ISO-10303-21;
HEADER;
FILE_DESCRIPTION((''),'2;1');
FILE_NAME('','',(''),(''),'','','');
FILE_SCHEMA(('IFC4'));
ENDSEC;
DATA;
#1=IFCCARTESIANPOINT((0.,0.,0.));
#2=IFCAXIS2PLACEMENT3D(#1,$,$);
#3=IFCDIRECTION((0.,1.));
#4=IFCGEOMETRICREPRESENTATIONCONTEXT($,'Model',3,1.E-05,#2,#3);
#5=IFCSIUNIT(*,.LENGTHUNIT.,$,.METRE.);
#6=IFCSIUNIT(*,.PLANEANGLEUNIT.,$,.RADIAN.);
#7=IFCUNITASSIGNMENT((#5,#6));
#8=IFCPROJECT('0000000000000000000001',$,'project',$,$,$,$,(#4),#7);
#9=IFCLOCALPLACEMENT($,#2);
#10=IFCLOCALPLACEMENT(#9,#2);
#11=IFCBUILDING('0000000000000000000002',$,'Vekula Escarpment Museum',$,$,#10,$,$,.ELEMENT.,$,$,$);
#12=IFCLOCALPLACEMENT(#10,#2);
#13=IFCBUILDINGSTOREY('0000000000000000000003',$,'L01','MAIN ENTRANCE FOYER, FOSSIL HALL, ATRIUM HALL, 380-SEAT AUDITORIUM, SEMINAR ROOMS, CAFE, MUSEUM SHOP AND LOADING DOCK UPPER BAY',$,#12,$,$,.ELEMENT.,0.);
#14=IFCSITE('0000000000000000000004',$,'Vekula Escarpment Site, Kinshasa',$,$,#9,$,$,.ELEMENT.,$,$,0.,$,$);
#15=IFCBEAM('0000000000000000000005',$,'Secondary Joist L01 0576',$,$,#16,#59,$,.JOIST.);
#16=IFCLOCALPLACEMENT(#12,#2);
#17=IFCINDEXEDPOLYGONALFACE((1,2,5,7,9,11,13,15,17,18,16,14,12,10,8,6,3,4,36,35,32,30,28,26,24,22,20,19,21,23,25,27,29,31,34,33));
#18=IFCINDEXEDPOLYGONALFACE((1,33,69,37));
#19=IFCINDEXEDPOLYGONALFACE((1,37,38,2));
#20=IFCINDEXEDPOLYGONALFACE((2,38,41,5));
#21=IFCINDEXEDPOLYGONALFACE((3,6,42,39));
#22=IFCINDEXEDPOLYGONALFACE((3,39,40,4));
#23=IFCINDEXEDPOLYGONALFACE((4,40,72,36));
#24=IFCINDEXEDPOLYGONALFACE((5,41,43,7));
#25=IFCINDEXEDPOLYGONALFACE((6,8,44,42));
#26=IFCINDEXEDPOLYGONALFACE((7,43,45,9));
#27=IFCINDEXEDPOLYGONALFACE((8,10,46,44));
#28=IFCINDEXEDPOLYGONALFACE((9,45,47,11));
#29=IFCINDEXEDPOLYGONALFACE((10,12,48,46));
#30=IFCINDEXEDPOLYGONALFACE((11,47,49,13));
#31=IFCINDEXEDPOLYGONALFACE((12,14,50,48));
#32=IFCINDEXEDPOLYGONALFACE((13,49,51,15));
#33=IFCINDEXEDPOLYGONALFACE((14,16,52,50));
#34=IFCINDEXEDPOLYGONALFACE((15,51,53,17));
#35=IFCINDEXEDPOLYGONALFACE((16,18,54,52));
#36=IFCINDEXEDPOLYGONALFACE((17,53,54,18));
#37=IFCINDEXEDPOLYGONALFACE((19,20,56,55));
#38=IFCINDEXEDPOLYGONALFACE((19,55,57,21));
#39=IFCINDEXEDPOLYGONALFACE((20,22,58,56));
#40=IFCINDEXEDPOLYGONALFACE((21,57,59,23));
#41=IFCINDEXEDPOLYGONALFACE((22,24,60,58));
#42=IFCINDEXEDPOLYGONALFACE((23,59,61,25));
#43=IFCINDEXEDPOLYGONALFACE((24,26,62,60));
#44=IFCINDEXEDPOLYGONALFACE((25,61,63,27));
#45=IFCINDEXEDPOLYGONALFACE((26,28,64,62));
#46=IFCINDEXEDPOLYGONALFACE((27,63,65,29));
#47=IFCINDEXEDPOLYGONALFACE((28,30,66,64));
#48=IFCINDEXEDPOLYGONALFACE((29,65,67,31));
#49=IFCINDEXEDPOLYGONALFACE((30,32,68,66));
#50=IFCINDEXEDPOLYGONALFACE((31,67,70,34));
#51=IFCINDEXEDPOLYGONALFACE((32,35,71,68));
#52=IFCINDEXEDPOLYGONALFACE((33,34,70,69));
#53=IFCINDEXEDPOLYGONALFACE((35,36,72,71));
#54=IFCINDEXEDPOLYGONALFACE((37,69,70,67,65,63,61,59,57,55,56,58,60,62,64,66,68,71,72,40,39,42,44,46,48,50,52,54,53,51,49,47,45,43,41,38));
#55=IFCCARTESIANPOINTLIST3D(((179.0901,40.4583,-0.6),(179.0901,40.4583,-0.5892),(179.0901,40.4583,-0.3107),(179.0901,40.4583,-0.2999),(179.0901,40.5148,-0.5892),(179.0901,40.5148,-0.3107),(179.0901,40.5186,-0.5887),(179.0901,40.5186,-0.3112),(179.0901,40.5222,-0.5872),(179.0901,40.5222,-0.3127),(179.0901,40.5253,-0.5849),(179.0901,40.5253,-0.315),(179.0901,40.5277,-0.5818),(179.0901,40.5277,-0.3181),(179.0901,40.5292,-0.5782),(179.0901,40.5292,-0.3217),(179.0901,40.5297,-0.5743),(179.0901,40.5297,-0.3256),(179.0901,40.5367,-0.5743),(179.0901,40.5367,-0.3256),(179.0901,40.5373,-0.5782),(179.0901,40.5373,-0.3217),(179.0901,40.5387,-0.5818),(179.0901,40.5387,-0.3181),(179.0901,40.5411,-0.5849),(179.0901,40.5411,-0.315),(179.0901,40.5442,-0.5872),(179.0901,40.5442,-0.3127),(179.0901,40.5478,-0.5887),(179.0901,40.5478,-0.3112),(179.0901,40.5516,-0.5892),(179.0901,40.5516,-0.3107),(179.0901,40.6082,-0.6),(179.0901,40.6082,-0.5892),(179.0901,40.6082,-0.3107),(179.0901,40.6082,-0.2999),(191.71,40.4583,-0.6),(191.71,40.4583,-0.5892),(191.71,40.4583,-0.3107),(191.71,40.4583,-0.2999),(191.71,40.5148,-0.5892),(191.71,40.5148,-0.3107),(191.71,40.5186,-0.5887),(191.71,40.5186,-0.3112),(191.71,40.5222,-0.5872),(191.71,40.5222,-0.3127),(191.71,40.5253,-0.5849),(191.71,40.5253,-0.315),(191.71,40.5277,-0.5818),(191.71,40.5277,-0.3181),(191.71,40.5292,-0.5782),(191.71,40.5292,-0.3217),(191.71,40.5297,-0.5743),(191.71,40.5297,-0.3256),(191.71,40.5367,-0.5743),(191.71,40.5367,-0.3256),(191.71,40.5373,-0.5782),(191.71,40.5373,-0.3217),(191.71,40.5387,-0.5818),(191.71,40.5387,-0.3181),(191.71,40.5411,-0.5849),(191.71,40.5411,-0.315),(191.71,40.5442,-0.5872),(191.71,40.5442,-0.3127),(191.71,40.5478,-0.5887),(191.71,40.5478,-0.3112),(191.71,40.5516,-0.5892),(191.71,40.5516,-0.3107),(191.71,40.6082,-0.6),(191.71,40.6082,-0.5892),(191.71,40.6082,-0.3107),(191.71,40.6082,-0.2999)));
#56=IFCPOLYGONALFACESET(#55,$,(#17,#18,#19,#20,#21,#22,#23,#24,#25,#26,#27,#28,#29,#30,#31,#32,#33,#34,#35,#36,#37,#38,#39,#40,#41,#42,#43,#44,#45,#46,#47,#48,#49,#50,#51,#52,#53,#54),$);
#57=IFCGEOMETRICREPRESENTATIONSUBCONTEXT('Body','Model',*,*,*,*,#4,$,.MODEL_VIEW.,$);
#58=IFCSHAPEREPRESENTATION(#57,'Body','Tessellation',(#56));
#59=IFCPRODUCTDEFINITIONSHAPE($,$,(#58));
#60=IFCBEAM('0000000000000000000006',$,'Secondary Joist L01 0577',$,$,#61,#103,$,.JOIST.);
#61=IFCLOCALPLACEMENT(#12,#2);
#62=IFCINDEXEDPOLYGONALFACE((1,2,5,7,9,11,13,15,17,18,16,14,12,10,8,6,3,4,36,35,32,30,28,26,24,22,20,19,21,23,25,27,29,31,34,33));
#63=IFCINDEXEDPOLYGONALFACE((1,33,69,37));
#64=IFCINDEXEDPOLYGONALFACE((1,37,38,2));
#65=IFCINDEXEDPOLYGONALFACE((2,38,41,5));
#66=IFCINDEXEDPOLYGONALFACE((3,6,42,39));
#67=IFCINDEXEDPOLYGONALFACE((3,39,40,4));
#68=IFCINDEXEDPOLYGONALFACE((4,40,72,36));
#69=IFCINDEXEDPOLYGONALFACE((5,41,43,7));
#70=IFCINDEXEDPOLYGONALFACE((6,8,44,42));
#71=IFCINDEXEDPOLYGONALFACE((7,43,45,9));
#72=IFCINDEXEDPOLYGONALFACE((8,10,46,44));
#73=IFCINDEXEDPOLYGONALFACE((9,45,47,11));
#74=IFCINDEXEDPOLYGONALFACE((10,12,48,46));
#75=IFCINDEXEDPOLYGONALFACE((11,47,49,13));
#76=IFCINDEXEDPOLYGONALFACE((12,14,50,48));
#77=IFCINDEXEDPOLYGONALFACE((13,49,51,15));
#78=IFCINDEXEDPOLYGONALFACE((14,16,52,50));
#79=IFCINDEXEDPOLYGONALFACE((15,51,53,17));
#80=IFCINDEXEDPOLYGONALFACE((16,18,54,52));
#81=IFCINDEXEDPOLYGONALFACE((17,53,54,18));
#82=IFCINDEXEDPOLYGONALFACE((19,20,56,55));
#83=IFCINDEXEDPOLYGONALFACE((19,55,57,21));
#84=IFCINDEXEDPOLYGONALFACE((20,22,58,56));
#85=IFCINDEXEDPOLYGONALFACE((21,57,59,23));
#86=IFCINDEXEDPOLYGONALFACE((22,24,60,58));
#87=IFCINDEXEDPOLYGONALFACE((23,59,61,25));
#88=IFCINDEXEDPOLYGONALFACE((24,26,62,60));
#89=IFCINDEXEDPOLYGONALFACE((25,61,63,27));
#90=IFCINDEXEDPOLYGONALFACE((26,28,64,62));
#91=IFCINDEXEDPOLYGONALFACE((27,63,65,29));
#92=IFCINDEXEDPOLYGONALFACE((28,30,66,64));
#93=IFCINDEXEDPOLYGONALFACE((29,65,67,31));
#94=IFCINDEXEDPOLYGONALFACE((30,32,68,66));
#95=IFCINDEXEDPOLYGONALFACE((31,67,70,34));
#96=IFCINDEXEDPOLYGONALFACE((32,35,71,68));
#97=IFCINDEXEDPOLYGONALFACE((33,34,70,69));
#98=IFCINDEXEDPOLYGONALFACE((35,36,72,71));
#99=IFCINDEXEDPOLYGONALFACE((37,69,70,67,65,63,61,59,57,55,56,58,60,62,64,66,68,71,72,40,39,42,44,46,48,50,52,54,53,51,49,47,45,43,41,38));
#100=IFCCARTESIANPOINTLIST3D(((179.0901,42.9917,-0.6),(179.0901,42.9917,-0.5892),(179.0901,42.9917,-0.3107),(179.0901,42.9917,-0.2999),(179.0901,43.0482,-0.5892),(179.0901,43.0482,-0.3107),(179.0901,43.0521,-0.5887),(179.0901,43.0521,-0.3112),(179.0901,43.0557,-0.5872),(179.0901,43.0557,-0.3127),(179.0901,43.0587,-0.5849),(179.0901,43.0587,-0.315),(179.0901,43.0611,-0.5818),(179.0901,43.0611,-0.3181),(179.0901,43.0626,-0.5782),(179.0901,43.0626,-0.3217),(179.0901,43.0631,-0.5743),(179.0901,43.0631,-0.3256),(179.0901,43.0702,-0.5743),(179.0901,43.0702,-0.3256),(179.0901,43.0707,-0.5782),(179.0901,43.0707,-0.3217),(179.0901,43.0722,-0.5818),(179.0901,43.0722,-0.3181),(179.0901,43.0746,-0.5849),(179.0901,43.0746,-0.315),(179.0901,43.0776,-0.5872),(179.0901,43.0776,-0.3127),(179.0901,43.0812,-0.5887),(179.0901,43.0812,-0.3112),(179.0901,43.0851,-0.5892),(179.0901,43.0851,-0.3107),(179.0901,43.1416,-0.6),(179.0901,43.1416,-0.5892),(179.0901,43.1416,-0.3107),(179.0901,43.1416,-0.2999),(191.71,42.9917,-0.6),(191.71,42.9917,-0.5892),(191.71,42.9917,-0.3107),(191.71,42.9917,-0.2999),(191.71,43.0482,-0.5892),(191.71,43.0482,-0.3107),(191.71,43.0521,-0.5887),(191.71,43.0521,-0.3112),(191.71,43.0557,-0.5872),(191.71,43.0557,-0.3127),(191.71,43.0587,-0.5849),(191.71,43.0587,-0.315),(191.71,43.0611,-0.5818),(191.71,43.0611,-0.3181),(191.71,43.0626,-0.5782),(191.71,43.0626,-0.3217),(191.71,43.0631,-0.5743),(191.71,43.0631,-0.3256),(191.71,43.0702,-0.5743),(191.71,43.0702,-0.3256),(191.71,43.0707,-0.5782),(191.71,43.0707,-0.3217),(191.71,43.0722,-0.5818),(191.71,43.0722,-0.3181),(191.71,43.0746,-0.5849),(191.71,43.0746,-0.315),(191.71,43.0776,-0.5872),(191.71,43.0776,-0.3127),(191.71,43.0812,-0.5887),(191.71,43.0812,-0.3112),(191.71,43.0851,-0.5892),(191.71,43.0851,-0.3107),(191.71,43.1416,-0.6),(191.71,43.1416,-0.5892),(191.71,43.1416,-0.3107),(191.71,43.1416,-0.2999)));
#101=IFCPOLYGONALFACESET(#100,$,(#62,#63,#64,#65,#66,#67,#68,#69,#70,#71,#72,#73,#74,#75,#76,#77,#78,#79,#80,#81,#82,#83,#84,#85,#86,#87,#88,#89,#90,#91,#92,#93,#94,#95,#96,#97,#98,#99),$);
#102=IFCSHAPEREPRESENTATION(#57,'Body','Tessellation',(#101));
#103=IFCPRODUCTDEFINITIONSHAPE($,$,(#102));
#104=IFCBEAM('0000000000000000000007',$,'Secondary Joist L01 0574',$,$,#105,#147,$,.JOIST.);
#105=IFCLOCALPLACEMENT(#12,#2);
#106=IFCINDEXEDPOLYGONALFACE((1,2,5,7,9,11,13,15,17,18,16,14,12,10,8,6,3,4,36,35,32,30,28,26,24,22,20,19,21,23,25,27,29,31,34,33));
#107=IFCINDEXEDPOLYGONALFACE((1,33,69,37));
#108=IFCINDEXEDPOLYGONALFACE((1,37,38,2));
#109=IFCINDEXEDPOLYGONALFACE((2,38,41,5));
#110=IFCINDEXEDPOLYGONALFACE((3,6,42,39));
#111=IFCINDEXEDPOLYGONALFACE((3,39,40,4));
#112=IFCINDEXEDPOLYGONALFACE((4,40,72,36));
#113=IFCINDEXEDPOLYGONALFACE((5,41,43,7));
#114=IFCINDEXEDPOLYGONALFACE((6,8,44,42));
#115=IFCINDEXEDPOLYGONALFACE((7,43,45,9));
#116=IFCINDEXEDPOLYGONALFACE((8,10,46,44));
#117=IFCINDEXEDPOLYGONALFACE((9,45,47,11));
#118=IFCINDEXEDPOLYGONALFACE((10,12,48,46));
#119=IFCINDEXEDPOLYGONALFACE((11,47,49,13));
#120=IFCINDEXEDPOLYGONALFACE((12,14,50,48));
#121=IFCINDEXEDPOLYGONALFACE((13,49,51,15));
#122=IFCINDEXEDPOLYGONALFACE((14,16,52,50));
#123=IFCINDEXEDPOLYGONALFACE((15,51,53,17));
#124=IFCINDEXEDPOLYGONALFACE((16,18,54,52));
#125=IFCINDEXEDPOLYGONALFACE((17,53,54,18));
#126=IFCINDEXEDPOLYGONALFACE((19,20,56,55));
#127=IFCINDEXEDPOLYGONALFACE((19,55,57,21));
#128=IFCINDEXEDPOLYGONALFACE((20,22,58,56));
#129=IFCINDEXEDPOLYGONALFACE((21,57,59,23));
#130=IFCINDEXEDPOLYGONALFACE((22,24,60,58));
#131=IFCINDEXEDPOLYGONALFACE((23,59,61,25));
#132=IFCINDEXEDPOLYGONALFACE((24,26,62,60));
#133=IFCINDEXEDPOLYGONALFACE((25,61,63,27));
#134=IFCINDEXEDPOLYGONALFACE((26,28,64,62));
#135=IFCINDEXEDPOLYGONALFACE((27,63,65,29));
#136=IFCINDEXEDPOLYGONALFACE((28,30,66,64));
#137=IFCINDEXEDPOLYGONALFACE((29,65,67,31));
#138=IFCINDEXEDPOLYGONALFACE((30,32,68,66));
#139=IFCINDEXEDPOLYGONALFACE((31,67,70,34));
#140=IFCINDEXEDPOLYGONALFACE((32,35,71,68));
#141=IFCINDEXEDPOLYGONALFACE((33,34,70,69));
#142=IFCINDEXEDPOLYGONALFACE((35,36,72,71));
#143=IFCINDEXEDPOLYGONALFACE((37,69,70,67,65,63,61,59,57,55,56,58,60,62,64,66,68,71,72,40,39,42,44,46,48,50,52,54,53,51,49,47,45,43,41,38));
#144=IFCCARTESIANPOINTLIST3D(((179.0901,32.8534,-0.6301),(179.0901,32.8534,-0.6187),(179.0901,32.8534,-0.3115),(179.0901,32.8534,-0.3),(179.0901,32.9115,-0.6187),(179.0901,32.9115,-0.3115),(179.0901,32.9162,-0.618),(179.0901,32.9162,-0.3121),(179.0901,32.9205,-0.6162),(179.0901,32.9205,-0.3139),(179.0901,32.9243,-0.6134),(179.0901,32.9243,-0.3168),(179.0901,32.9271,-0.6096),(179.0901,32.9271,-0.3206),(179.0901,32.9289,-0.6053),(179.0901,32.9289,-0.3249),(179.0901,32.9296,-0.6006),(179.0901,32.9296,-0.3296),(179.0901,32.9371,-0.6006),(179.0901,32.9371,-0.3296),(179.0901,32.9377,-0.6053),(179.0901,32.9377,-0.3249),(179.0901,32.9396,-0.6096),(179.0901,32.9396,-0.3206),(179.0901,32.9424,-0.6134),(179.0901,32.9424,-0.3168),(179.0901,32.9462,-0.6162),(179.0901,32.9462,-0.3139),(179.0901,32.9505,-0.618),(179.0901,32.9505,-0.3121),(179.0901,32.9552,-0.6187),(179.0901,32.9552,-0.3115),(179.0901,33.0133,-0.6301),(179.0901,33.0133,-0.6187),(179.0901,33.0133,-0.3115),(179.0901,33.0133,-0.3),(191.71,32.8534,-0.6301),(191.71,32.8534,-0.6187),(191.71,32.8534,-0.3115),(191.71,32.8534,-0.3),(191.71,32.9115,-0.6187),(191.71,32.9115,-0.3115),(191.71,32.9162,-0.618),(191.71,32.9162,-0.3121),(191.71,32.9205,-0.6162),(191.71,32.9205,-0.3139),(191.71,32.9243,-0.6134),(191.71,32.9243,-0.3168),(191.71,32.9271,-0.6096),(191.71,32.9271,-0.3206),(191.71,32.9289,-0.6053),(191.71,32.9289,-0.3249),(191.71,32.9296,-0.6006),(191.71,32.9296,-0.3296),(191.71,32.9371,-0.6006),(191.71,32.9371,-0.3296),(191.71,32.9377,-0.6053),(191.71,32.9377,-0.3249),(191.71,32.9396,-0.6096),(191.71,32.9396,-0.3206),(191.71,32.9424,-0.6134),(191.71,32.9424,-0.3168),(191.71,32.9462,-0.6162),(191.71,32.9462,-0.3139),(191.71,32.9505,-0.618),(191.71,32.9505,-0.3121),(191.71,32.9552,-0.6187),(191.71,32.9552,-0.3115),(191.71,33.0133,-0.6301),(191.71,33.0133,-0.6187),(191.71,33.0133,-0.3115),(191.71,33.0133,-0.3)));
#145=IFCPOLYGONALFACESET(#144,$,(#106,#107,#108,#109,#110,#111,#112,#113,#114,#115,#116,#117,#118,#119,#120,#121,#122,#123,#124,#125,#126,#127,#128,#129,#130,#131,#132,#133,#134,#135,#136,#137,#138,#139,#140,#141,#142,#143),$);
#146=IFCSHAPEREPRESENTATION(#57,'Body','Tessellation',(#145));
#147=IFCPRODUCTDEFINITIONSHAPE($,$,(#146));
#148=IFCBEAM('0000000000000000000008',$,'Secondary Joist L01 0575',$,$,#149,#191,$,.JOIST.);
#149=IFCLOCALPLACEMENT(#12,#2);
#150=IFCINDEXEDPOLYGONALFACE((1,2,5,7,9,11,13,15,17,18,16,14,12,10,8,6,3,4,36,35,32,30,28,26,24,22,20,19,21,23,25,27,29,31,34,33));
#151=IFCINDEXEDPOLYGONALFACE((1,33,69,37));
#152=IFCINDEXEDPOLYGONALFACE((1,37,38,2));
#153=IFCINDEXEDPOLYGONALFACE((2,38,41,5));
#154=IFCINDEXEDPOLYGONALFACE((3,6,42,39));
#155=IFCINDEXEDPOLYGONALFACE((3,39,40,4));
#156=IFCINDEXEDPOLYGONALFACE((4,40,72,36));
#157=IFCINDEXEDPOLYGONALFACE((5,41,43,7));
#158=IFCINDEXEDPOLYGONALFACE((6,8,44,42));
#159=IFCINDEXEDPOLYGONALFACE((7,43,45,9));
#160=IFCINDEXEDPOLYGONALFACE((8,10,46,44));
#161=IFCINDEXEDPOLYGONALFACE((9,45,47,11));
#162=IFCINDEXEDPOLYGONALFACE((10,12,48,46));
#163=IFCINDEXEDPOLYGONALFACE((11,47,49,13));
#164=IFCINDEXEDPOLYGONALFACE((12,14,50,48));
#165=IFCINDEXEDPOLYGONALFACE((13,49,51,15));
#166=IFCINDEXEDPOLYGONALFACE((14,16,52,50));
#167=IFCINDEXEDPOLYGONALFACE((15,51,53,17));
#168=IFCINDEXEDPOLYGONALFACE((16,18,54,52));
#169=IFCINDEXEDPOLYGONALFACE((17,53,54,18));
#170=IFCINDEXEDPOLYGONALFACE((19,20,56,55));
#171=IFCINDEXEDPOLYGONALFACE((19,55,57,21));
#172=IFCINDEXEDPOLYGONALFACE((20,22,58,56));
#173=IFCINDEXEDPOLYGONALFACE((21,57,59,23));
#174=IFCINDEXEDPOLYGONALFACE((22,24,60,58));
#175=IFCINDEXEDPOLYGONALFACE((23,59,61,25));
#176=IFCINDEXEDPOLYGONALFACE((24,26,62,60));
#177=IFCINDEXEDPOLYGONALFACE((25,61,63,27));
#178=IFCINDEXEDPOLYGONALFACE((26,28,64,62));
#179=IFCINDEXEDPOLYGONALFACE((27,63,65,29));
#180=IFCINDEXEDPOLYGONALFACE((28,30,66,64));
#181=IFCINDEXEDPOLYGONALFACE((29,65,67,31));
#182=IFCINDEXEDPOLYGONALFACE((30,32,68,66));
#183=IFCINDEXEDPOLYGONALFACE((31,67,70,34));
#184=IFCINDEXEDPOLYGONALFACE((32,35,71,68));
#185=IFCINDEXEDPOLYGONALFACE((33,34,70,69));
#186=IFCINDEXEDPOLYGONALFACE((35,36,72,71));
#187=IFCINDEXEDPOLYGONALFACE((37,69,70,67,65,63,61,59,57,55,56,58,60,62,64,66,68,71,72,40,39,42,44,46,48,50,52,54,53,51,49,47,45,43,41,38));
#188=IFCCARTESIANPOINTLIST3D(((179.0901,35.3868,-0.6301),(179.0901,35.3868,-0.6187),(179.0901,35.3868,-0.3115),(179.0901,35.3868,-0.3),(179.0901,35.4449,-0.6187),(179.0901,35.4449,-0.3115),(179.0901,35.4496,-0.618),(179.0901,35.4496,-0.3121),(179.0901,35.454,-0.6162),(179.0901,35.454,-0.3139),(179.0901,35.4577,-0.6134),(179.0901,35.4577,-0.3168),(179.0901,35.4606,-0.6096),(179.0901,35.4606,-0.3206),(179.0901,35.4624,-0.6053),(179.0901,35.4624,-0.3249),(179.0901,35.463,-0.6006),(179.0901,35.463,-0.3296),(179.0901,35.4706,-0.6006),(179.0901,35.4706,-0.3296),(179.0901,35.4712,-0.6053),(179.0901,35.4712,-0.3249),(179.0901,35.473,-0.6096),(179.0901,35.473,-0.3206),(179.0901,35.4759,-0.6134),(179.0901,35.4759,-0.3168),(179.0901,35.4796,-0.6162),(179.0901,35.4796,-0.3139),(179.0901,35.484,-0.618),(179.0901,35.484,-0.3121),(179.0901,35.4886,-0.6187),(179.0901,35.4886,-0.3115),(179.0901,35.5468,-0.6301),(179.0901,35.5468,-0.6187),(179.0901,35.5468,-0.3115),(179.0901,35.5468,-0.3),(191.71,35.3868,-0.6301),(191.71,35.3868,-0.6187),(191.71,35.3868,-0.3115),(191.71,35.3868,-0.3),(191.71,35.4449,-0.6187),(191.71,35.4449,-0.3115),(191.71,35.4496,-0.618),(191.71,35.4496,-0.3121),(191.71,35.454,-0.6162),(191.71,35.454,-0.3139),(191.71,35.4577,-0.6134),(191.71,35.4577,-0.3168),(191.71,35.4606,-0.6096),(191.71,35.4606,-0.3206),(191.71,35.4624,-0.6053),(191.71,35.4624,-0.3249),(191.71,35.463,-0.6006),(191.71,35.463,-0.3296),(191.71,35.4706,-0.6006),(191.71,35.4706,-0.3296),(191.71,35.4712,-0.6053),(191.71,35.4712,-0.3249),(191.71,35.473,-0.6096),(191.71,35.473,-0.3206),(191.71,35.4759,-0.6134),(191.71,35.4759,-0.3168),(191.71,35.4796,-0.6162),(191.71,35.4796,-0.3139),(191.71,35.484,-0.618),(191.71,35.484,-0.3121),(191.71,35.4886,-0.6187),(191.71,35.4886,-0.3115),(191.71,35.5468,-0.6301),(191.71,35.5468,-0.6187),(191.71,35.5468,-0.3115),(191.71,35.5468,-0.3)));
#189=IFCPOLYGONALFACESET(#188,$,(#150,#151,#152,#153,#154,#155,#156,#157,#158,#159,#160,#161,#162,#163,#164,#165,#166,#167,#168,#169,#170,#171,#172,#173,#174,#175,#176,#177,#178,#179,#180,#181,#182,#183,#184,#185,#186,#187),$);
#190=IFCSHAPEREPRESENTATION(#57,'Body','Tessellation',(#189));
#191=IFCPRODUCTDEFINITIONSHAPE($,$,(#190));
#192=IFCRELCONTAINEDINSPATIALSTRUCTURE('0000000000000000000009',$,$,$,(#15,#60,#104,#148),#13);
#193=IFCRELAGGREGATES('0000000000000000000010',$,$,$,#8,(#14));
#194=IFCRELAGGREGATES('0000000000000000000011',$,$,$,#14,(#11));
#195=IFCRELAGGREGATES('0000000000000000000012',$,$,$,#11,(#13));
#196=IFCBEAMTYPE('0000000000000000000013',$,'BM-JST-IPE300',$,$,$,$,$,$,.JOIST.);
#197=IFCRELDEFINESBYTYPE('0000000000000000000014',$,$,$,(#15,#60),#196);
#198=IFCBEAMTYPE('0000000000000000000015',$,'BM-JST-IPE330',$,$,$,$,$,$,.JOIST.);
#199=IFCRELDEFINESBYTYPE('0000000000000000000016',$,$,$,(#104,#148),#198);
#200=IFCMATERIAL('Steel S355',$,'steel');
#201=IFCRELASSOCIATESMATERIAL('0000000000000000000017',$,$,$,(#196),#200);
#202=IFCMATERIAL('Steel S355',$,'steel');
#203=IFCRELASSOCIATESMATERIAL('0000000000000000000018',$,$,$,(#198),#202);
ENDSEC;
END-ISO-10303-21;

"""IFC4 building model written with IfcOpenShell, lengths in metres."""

from ifc_helpers import new_model, si_unit, direction, frame, origin, origin_2d, place, context, subcontext, project, spatial, i_section, extrude, material, material_profile, profile_set, type_object, element, save


model = new_model("IFC4")

# Units and contexts
model_context = context("Model", 3, precision=1e-05, world=origin(), true_north=direction((0.0, 1.0)))
body_context = subcontext(model_context, "Body", "Model", "MODEL_VIEW")
ifc_project = project(units=[si_unit("LENGTHUNIT", "METRE"), si_unit("PLANEANGLEUNIT", "RADIAN")], contexts=[model_context])

# Site, building, storey
site_placement = place(None, origin())
site = spatial("IfcSite", under=ifc_project, at=site_placement, Name="Vekula Escarpment Site, Kinshasa", CompositionType="ELEMENT", RefElevation=0.0)
building_placement = place(site_placement, origin())
building = spatial("IfcBuilding", under=site, at=building_placement, Name="Vekula Escarpment Museum", CompositionType="ELEMENT")
storey_placement = place(building_placement, origin())
storey = spatial("IfcBuildingStorey", under=building, at=storey_placement, Name="L01", Description="MAIN ENTRANCE FOYER, FOSSIL HALL, ATRIUM HALL, 380-SEAT AUDITORIUM, SEMINAR ROOMS, CAFE, MUSEUM SHOP AND LOADING DOCK UPPER BAY", CompositionType="ELEMENT", Elevation=0.0)

# Beams
ifc_material_1 = material(Name="Steel S355", Category="steel")
ifc_material_profile_1 = material_profile(ifc_material_1, i_section(OverallWidth=0.1499, OverallDepth=0.3, WebThickness=0.0071, FlangeThickness=0.0107, FilletRadius=0.0149, at=origin_2d()), Name="IPE 300")
ifc_profile_set_1 = profile_set([ifc_material_profile_1], Name="Steel S355")
beam_type_1 = type_object("IfcBeamType", Name="BM-JST-IPE300", PredefinedType="JOIST", material=ifc_profile_set_1)
for number, where, z_axis, x_axis, name in (
    (1, (179.0901, 40.5332, -0.45), (1.0, 0.0, 0.0), (0.0, 1.0, 0.0), "Secondary Joist L01 0576"),
    (2, (179.0901, 43.0667, -0.45), (1.0, 0.0, 0.0), (0.0, 1.0, 0.0), "Secondary Joist L01 0577"),
):
    element("IfcBeam", number, at=place(storey_placement, frame(where, z_axis=z_axis, x_axis=x_axis)), inside=storey, type_object=beam_type_1, Name=name, PredefinedType="JOIST", context=body_context, shape_type="SweptSolid", body=[
        extrude(i_section(OverallWidth=0.1499, OverallDepth=0.3, WebThickness=0.0071, FlangeThickness=0.0107, FilletRadius=0.0149, at=origin_2d()), origin(), (0.0, 0.0, 1.0), 12.6199),
    ])
ifc_material_2 = material(Name="Steel S355", Category="steel")
ifc_material_profile_2 = material_profile(ifc_material_2, i_section(OverallWidth=0.1599, OverallDepth=0.3301, WebThickness=0.0076, FlangeThickness=0.0115, FilletRadius=0.0181, at=origin_2d()), Name="IPE 330")
ifc_profile_set_2 = profile_set([ifc_material_profile_2], Name="Steel S355")
beam_type_2 = type_object("IfcBeamType", Name="BM-JST-IPE330", PredefinedType="JOIST", material=ifc_profile_set_2)
for number, where, z_axis, x_axis, name in (
    (3, (179.0901, 32.9333, -0.4651), (1.0, 0.0, 0.0), (0.0, 1.0, 0.0), "Secondary Joist L01 0574"),
    (4, (179.0901, 35.4668, -0.4651), (1.0, 0.0, 0.0), (0.0, 1.0, 0.0), "Secondary Joist L01 0575"),
):
    element("IfcBeam", number, at=place(storey_placement, frame(where, z_axis=z_axis, x_axis=x_axis)), inside=storey, type_object=beam_type_2, Name=name, PredefinedType="JOIST", context=body_context, shape_type="SweptSolid", body=[
        extrude(i_section(OverallWidth=0.1599, OverallDepth=0.3301, WebThickness=0.0076, FlangeThickness=0.0115, FilletRadius=0.0181, at=origin_2d()), origin(), (0.0, 0.0, 1.0), 12.6199),
    ])

save(model, "model.ifc")
